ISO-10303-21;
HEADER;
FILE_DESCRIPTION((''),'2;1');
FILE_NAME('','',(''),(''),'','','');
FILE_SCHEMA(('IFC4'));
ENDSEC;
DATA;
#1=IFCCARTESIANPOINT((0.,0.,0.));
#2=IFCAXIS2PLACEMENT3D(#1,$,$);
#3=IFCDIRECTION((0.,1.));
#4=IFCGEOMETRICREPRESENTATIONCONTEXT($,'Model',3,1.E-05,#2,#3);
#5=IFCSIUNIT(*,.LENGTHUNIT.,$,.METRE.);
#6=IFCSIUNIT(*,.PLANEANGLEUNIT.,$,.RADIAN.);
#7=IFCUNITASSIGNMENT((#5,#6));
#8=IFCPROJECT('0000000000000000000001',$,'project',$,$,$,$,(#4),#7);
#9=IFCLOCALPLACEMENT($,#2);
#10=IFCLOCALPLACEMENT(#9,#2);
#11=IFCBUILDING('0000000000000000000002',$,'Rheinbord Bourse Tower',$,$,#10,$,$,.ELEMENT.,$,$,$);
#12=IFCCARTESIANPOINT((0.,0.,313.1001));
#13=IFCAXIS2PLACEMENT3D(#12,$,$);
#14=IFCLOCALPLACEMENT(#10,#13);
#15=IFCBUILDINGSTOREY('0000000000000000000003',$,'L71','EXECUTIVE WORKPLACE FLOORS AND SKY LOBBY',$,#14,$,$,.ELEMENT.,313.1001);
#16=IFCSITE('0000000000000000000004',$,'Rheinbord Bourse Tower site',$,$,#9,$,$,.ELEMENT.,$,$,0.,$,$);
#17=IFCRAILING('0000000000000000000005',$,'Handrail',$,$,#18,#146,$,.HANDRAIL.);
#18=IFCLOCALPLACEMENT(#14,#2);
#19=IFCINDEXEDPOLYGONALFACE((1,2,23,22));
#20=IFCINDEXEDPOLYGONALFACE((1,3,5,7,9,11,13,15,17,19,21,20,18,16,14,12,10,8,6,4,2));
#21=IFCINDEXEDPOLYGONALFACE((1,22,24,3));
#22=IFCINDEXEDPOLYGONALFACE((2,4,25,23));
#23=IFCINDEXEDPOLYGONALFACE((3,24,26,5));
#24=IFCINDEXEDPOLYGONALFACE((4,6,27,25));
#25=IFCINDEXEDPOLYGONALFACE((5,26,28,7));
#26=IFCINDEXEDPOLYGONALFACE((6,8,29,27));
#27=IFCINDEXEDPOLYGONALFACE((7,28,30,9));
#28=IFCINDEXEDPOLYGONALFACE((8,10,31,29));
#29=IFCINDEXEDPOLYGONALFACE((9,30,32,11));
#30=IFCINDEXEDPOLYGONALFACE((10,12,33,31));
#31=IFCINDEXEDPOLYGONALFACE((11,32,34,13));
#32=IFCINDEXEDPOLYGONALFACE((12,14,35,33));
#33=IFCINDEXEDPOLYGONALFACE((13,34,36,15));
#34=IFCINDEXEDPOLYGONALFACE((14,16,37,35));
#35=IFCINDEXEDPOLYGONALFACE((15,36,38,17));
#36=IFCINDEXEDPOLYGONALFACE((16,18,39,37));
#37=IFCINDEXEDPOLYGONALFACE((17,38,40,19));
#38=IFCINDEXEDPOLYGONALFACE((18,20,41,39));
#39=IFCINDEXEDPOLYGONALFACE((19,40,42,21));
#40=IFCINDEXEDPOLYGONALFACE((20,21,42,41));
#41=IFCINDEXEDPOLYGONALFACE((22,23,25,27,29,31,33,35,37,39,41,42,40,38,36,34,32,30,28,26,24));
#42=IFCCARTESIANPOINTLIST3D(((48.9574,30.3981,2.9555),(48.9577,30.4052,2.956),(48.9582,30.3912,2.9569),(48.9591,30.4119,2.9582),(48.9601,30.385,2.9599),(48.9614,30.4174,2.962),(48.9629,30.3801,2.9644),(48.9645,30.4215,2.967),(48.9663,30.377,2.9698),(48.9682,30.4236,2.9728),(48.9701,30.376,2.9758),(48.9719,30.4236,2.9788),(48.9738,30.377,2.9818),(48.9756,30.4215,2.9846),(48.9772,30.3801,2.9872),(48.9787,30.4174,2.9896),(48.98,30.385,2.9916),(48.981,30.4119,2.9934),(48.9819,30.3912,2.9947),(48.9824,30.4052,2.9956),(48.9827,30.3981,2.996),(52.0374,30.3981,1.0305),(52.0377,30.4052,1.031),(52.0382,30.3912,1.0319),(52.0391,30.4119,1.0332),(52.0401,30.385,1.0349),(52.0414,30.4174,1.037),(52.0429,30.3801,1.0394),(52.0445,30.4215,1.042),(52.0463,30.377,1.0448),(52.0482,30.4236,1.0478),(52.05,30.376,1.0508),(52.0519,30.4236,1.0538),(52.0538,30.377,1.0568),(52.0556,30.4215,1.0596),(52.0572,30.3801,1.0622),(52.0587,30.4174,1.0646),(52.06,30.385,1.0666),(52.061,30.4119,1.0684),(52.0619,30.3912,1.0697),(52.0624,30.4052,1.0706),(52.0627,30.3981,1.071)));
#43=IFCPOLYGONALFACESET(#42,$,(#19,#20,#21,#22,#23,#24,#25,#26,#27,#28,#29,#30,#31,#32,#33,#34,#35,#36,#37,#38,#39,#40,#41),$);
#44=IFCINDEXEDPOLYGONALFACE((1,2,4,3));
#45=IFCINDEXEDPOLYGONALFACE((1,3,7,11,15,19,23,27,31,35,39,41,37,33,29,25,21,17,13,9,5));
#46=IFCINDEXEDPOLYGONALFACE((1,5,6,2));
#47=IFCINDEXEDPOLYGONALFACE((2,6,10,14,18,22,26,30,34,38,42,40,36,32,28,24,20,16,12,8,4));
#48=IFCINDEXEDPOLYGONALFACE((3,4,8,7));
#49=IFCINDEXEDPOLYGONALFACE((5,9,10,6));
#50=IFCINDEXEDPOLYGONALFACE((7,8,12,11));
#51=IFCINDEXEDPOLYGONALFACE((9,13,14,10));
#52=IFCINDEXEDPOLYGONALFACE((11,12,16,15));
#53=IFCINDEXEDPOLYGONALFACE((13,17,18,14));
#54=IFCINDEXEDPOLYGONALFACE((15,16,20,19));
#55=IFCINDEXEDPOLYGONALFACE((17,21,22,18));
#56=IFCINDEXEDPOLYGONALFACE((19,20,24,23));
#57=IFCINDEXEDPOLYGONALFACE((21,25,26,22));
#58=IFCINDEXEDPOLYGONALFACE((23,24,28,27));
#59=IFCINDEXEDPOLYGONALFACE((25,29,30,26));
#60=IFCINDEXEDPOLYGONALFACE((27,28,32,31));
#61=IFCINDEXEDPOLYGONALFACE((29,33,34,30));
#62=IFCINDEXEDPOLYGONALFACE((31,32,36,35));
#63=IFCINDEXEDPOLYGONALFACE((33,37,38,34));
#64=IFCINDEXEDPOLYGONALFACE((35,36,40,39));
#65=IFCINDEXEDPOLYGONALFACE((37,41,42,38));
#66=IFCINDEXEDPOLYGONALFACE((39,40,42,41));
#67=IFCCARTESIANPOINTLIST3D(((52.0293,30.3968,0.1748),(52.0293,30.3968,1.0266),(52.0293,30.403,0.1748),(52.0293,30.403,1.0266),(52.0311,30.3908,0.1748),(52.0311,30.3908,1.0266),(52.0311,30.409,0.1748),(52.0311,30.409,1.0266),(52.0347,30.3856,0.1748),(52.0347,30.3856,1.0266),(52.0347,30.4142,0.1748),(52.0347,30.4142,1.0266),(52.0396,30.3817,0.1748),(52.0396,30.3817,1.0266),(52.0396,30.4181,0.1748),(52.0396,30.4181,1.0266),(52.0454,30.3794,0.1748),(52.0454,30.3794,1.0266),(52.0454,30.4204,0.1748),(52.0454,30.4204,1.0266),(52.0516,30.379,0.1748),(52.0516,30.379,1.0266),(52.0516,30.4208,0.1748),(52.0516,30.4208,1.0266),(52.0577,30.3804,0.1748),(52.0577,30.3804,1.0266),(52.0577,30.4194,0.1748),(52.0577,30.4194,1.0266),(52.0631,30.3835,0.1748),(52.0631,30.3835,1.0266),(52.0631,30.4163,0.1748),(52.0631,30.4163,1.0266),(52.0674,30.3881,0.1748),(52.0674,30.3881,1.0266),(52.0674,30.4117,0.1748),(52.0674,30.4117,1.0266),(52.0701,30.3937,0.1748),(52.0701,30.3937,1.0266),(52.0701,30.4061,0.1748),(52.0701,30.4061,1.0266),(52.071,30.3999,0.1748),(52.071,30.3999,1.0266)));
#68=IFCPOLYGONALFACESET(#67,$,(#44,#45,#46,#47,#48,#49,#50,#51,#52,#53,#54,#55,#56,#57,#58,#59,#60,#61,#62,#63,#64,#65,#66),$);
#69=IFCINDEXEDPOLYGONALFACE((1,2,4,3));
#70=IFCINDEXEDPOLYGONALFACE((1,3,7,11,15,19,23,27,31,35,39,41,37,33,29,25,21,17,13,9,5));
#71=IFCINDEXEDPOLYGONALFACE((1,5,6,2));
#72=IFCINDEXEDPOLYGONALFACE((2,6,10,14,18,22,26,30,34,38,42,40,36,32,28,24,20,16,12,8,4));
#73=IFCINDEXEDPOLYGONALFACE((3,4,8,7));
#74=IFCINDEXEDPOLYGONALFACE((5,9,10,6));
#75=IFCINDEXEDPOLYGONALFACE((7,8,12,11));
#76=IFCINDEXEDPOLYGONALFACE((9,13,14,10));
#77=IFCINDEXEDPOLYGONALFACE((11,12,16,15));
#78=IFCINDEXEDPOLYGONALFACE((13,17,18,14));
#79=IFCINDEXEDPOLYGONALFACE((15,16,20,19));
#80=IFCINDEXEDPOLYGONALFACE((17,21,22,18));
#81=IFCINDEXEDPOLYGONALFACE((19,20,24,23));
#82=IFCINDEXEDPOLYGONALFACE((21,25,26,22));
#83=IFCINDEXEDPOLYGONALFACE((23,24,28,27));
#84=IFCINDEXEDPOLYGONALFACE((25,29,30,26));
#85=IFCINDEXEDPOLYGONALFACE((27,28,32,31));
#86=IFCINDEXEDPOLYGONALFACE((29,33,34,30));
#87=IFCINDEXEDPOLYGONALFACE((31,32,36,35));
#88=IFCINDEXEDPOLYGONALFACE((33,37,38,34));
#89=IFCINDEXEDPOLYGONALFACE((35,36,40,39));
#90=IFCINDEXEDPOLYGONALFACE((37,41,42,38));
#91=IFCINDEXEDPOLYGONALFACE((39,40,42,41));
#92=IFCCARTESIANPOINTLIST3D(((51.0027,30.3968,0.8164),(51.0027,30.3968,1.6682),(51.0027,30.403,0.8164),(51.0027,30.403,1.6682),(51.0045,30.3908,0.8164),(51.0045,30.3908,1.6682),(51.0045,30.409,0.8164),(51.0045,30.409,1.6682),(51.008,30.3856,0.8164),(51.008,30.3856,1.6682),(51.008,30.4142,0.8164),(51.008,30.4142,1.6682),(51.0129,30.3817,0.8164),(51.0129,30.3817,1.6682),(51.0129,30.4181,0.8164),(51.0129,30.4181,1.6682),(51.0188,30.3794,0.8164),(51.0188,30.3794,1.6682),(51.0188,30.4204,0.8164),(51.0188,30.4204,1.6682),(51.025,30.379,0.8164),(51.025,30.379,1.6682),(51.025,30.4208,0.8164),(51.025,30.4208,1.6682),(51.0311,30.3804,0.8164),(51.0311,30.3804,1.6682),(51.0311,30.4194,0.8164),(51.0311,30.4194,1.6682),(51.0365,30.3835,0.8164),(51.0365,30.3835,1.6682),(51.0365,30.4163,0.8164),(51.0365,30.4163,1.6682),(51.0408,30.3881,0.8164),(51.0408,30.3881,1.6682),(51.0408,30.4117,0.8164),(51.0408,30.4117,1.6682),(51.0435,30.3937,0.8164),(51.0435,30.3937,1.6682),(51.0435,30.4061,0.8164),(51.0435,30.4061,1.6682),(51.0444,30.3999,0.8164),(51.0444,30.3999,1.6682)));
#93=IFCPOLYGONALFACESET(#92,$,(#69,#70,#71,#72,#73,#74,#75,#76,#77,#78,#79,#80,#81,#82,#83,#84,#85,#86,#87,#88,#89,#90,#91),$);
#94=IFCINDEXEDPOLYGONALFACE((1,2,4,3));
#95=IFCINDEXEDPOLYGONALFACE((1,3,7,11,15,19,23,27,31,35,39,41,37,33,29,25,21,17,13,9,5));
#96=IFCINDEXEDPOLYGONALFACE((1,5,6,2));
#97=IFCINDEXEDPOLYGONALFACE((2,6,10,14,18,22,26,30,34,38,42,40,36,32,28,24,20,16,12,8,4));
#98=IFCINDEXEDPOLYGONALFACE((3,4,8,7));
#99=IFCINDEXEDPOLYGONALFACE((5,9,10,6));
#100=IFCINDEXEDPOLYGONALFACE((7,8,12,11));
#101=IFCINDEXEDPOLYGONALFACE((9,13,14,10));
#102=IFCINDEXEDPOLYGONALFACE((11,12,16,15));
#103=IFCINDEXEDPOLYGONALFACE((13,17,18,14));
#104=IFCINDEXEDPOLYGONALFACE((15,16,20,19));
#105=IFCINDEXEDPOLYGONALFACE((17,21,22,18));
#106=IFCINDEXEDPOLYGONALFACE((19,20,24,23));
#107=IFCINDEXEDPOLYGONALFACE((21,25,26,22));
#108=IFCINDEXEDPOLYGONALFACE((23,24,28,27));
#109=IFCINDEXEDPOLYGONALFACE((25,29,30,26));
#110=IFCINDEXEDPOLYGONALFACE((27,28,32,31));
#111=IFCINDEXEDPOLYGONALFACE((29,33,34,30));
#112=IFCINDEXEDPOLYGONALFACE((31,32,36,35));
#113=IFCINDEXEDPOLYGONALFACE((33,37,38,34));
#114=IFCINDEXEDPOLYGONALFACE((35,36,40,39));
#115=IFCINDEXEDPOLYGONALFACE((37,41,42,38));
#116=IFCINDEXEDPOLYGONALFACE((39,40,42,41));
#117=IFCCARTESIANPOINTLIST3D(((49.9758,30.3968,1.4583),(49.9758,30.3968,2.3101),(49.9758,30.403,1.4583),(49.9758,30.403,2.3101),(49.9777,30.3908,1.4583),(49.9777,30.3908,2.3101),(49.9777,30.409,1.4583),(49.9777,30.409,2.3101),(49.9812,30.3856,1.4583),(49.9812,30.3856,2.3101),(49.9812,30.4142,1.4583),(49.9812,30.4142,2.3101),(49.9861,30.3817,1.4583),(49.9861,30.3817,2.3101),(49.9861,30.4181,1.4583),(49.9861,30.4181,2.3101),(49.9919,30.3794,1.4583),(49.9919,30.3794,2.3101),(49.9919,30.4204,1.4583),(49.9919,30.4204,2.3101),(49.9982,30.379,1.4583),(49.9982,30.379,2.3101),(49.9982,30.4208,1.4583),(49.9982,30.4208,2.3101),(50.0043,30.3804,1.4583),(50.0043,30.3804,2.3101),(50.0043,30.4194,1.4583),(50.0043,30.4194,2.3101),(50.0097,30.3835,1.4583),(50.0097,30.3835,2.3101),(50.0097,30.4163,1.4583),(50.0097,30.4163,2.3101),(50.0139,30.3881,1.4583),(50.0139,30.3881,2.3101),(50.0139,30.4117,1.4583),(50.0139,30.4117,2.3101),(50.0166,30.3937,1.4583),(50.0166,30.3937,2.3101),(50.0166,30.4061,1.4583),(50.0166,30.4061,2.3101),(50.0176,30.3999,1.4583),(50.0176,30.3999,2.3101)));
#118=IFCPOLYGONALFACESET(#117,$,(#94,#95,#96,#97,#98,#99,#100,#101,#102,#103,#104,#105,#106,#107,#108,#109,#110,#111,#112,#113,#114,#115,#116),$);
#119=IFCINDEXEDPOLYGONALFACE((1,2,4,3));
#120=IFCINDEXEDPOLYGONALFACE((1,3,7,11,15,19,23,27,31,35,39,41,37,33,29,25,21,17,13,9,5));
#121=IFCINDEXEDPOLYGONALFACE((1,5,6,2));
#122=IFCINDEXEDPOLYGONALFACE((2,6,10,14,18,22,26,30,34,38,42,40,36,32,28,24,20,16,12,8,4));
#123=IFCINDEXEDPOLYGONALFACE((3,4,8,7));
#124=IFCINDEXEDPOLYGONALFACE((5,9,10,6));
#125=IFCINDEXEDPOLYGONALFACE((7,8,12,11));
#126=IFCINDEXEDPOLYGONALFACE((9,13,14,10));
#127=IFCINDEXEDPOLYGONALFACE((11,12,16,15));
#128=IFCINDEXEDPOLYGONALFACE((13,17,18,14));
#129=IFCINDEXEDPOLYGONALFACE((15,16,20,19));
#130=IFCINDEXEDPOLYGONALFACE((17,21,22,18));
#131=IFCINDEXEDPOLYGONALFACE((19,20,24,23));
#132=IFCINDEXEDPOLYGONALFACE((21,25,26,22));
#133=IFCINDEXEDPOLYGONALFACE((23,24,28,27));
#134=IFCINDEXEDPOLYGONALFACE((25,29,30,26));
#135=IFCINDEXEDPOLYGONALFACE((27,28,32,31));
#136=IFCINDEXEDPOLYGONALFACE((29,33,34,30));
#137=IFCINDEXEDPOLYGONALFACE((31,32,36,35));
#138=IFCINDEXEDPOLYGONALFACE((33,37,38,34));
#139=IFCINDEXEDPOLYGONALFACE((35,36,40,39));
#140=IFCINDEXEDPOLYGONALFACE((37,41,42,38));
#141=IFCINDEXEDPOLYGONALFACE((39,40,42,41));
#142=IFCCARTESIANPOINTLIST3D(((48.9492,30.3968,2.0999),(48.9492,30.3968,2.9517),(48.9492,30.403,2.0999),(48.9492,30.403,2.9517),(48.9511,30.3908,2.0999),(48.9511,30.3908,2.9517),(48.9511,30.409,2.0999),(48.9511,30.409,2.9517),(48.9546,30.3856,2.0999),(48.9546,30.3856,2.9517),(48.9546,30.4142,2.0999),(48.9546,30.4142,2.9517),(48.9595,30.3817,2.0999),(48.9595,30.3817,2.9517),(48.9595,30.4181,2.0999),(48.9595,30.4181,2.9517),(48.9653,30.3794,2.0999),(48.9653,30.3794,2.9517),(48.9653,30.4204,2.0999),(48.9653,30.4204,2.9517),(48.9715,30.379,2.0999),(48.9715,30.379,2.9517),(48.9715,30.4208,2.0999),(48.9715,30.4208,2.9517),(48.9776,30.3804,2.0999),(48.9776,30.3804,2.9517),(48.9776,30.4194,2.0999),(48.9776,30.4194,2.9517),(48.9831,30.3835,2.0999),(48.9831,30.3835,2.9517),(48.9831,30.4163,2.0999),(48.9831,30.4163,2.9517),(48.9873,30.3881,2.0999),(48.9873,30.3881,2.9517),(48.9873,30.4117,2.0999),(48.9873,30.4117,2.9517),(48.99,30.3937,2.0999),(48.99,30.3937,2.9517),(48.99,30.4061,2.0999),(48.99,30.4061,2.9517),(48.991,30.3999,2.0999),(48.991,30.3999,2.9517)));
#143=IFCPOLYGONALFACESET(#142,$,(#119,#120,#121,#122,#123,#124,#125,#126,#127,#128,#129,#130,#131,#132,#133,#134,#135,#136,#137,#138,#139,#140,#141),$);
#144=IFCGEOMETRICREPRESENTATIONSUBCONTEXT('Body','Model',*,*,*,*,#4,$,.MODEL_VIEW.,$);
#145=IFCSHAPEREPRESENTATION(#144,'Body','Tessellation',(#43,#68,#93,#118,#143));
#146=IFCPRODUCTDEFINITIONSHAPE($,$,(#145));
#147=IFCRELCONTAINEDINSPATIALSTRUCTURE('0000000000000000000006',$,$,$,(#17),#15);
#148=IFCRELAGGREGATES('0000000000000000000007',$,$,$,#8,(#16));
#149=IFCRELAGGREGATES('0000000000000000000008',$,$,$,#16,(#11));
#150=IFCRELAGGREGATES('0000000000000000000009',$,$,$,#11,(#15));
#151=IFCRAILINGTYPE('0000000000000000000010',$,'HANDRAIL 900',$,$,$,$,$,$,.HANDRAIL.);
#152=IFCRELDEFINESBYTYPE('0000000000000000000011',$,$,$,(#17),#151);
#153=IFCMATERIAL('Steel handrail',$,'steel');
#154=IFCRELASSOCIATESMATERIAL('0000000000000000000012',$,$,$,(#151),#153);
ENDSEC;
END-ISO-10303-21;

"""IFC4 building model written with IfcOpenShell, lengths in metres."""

from ifc_helpers import new_model, si_unit, direction, frame, origin, origin_2d, place, context, subcontext, project, spatial, circle, extrude, material, type_object, element, save


model = new_model("IFC4")

# Units and contexts
model_context = context("Model", 3, precision=1e-05, world=origin(), true_north=direction((0.0, 1.0)))
body_context = subcontext(model_context, "Body", "Model", "MODEL_VIEW")
ifc_project = project(units=[si_unit("LENGTHUNIT", "METRE"), si_unit("PLANEANGLEUNIT", "RADIAN")], contexts=[model_context])

# Site, building, storey
site_placement = place(None, origin())
site = spatial("IfcSite", under=ifc_project, at=site_placement, Name="Rheinbord Bourse Tower site", CompositionType="ELEMENT", RefElevation=0.0)
building_placement = place(site_placement, origin())
building = spatial("IfcBuilding", under=site, at=building_placement, Name="Rheinbord Bourse Tower", CompositionType="ELEMENT")
storey_placement = place(building_placement, frame((0.0, 0.0, 313.1001)))
storey = spatial("IfcBuildingStorey", under=building, at=storey_placement, Name="L71", Description="EXECUTIVE WORKPLACE FLOORS AND SKY LOBBY", CompositionType="ELEMENT", Elevation=313.1001)

# Railing
ifc_material_1 = material(Name="Steel handrail", Category="steel")
railing_type = type_object("IfcRailingType", Name="HANDRAIL 900", PredefinedType="HANDRAIL", material=ifc_material_1)
railing_1_placement = place(storey_placement, frame((52.05, 30.3999, 0.1748)))
element("IfcRailing", 1, at=railing_1_placement, inside=storey, type_object=railing_type, Name="Handrail", PredefinedType="HANDRAIL", context=body_context, shape_type="SweptSolid", body=[
    extrude(circle(Radius=0.0239, at=origin_2d()), frame((0.0, 0.0, 0.876), z_axis=(-0.847998, 0.0, 0.529999), x_axis=(0.0, -1.0, 0.0)), (0.0, 0.0, 1.0), 3.6321),
    extrude(circle(Radius=0.021, at=origin_2d()), origin(), (0.0, 0.0, 1.0), 0.8518),
    extrude(circle(Radius=0.021, at=origin_2d()), frame((-1.0266, 0.0, 0.6416)), (0.0, 0.0, 1.0), 0.8518),
    extrude(circle(Radius=0.021, at=origin_2d()), frame((-2.0535, 0.0, 1.2834)), (0.0, 0.0, 1.0), 0.8518),
    extrude(circle(Radius=0.021, at=origin_2d()), frame((-3.0801, 0.0, 1.925)), (0.0, 0.0, 1.0), 0.8518),
])

save(model, "model.ifc")
